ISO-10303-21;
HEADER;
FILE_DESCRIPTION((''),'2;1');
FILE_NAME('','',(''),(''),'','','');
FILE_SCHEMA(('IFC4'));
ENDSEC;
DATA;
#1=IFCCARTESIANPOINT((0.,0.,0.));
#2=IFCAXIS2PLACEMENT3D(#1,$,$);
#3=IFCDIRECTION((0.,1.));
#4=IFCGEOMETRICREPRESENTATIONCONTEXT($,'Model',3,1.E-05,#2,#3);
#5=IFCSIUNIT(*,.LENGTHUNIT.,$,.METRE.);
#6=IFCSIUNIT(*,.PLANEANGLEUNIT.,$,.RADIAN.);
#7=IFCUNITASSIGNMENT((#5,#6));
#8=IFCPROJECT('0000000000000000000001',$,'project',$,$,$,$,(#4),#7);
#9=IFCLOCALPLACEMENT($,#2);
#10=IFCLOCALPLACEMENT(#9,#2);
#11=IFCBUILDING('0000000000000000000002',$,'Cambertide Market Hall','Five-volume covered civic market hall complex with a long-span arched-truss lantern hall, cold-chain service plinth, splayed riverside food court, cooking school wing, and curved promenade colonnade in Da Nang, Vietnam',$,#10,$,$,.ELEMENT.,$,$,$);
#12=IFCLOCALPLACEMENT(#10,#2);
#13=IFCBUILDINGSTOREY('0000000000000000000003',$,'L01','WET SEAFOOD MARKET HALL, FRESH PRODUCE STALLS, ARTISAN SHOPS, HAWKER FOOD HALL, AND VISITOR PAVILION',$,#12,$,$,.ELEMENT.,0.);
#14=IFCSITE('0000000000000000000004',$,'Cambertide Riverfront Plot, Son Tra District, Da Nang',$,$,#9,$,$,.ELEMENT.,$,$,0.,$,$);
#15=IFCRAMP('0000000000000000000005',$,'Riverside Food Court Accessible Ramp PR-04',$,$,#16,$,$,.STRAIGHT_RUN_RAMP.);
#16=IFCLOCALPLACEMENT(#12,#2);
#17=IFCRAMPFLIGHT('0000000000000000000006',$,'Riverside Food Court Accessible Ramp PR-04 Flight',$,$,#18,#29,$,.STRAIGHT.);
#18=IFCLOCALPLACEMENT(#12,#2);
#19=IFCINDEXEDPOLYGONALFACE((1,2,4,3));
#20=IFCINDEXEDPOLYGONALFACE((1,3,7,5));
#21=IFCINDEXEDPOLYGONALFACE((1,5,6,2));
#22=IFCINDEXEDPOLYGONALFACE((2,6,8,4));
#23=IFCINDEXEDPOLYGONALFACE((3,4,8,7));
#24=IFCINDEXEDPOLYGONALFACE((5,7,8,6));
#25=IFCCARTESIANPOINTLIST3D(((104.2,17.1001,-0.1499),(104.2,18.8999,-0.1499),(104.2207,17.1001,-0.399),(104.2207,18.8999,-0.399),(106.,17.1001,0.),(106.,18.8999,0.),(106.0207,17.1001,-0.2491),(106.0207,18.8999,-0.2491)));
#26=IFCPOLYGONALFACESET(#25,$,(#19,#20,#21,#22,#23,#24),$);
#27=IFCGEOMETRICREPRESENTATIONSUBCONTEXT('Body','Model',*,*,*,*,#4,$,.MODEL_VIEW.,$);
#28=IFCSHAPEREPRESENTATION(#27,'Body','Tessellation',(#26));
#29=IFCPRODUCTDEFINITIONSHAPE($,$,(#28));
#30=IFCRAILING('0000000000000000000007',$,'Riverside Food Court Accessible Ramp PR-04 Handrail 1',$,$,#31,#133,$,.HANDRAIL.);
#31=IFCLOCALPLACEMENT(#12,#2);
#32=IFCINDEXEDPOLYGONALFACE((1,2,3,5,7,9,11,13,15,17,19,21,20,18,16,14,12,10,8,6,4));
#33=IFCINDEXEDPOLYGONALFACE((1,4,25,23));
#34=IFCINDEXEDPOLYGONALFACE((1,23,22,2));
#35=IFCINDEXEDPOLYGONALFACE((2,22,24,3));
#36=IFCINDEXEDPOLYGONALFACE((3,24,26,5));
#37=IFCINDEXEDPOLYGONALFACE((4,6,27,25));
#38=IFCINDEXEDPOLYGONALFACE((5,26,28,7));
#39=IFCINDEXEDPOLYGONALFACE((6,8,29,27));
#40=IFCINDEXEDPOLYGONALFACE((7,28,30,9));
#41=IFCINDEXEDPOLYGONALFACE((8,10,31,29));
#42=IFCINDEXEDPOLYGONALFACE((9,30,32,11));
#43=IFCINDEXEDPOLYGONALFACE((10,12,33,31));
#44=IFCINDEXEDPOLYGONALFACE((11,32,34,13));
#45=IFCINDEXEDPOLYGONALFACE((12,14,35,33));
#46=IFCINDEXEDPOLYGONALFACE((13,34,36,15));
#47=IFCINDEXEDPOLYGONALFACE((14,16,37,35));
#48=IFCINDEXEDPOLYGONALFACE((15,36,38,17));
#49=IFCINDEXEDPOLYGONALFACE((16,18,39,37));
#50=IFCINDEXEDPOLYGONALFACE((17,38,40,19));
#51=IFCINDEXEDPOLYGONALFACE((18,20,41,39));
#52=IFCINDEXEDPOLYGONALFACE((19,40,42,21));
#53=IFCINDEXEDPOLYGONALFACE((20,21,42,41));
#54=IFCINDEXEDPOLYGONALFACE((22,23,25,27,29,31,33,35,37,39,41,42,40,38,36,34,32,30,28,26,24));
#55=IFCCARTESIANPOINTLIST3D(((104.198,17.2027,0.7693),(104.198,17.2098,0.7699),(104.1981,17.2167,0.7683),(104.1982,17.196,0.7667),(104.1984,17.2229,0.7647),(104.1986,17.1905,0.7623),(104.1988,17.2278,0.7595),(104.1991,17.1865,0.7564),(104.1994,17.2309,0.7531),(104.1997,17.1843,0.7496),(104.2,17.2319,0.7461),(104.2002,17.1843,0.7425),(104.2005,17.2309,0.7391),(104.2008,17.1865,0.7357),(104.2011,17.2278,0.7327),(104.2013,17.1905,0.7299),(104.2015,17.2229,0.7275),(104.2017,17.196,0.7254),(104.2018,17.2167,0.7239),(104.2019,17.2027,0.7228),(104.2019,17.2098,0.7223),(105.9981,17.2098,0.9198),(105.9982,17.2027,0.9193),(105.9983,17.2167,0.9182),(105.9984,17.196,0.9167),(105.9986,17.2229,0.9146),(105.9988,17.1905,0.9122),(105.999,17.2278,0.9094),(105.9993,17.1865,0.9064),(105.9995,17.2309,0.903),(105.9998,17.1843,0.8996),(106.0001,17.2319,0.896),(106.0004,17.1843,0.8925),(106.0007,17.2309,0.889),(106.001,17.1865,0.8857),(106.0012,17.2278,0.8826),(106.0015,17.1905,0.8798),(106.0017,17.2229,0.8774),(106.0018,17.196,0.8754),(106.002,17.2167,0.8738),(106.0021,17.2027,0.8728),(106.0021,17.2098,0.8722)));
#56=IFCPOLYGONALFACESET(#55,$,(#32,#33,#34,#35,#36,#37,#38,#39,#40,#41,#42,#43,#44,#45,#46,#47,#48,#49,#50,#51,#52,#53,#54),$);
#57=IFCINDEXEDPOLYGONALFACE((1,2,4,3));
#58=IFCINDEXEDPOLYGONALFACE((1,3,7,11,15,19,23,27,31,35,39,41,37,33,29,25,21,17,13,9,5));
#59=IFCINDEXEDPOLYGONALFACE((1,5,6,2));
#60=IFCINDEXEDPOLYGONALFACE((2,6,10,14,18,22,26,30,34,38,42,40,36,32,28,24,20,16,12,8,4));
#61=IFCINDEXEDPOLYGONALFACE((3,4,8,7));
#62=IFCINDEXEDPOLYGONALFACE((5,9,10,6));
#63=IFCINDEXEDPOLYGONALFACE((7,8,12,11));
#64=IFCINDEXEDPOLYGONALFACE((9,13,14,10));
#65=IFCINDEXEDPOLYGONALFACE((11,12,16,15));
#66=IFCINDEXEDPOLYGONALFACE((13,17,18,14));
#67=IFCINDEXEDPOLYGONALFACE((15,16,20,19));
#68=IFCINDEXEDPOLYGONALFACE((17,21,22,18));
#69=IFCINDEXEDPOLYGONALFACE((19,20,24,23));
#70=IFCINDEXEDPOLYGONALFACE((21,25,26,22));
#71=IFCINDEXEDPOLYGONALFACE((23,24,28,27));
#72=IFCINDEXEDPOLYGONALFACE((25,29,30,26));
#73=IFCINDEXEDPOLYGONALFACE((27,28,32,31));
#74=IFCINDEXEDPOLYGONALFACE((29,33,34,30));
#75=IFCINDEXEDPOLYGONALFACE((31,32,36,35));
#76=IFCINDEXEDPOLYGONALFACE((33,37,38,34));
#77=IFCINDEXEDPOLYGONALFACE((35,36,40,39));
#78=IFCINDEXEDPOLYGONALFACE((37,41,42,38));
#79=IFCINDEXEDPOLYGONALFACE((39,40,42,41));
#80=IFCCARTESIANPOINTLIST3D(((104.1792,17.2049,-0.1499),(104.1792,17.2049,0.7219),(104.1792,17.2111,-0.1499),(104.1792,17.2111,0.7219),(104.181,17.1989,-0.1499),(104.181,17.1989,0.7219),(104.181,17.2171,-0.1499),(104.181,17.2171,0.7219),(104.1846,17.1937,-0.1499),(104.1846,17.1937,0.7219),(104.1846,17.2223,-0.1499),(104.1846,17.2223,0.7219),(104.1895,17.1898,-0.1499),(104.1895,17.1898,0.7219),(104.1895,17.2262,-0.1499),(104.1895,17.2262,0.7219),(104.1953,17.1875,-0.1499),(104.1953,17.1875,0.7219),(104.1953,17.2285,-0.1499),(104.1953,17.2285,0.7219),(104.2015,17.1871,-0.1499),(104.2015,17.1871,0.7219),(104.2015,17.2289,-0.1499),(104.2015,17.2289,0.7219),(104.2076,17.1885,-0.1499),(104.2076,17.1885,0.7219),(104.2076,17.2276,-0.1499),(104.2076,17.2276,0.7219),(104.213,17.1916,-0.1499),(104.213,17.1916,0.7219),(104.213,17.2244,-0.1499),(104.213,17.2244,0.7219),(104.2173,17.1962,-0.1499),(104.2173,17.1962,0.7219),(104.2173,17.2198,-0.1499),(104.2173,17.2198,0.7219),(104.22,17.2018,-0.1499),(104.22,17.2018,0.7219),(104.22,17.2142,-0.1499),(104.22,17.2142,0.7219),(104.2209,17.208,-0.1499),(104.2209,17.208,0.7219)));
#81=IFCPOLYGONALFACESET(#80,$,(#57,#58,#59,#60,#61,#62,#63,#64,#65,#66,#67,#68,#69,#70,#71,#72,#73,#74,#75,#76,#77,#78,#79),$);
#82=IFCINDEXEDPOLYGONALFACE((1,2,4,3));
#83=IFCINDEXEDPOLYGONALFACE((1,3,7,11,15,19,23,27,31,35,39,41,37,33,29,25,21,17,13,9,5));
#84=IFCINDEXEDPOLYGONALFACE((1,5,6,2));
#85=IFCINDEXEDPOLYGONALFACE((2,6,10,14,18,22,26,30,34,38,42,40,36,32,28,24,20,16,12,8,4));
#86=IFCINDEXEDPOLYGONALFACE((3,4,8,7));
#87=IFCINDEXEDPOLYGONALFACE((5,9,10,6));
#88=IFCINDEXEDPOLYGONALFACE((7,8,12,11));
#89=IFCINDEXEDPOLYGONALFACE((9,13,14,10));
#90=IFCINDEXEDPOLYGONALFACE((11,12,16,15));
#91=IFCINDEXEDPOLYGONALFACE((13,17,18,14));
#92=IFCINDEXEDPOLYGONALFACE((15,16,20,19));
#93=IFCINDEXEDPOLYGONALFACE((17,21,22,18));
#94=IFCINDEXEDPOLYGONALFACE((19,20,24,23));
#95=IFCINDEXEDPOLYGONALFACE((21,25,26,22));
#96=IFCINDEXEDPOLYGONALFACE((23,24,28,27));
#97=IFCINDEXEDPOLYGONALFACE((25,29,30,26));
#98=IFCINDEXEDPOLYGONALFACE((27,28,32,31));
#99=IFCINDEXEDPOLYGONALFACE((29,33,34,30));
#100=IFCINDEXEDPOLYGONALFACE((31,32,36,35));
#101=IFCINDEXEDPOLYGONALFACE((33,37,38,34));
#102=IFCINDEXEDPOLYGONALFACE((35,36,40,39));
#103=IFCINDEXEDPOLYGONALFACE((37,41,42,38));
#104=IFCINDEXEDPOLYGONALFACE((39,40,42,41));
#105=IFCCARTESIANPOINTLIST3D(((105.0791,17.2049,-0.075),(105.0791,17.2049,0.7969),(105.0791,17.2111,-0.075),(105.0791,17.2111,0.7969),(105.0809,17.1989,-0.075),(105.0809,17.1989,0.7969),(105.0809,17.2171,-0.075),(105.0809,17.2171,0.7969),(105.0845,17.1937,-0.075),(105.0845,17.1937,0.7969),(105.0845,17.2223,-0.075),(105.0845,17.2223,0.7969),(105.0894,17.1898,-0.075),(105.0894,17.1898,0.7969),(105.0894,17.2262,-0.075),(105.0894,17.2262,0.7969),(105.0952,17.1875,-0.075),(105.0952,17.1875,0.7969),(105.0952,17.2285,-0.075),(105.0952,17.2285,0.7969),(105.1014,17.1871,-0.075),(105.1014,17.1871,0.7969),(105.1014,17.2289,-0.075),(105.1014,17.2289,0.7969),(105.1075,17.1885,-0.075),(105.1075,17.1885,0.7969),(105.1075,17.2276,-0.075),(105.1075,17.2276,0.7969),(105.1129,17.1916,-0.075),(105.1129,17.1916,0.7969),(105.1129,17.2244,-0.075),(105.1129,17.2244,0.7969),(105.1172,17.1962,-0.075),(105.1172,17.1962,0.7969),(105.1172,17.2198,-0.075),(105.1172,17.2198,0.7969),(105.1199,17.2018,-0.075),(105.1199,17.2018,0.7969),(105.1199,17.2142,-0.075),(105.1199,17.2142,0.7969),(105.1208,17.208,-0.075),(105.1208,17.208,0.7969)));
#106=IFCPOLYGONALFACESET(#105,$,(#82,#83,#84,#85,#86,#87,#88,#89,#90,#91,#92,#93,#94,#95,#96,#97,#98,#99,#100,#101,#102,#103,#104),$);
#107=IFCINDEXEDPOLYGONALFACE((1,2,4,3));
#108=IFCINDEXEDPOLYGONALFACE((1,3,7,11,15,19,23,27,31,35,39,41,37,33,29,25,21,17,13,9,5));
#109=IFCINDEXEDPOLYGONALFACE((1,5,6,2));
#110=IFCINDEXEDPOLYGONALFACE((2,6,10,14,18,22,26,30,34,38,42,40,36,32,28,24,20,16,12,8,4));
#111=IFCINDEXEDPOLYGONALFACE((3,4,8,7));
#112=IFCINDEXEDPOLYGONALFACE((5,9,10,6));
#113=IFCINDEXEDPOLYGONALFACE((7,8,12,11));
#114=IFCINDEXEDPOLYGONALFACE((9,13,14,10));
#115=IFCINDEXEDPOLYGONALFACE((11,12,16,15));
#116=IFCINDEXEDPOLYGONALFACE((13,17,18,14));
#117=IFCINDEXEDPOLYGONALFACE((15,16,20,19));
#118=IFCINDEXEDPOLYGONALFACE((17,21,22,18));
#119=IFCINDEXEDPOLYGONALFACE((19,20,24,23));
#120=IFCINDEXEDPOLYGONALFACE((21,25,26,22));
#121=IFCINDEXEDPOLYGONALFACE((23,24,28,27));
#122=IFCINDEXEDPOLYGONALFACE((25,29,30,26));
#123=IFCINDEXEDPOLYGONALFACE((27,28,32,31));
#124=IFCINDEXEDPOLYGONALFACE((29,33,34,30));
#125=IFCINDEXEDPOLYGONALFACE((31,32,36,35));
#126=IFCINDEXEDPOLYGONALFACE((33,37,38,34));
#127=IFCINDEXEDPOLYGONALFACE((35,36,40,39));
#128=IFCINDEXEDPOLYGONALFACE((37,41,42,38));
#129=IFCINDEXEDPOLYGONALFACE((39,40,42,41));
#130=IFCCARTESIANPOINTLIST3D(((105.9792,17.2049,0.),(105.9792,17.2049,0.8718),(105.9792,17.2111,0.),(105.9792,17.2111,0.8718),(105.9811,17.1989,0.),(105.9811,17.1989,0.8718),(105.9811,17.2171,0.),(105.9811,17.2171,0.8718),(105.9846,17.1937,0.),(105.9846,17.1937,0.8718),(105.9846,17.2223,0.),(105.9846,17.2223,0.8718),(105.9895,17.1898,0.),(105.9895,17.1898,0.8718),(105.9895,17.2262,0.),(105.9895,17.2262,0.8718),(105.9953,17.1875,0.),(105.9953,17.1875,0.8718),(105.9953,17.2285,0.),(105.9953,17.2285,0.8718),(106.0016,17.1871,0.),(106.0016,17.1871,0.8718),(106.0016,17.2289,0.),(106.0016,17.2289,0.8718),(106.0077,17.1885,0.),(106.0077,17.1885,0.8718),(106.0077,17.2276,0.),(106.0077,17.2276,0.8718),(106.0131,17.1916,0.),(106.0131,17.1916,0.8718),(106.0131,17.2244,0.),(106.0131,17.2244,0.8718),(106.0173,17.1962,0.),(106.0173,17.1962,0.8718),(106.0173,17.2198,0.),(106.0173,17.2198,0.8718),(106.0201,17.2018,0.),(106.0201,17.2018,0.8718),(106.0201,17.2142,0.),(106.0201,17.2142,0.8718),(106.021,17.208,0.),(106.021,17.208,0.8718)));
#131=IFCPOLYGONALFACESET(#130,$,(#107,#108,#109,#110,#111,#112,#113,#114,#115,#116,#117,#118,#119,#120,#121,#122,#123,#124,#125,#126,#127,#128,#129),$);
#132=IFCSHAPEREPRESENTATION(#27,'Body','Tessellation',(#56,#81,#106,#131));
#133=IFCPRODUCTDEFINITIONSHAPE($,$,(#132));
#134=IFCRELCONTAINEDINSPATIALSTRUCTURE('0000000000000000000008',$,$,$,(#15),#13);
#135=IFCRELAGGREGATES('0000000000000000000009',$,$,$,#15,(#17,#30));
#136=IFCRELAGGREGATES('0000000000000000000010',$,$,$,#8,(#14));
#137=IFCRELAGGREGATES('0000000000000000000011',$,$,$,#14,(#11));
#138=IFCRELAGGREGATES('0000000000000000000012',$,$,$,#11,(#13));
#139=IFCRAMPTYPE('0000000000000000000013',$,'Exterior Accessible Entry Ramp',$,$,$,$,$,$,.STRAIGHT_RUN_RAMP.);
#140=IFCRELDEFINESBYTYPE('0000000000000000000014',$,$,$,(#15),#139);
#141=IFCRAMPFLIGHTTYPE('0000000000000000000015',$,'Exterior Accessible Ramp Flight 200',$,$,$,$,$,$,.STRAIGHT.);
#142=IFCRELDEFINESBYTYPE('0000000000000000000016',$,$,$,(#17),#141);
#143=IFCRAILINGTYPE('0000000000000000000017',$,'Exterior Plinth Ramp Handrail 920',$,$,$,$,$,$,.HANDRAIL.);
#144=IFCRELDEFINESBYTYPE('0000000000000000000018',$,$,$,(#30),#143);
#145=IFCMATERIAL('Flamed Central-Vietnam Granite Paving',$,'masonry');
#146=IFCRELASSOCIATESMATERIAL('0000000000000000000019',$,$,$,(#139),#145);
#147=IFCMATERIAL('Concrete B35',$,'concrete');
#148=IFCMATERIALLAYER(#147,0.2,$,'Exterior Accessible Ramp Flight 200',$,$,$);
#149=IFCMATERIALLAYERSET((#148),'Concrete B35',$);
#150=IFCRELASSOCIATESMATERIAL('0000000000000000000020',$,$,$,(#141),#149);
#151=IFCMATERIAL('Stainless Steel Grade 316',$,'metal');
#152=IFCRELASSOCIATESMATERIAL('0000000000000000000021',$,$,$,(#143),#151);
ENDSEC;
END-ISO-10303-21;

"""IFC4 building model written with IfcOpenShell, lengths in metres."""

from ifc_helpers import new_model, si_unit, direction, frame, origin, origin_2d, place, context, subcontext, project, spatial, polyline, circle, outline, extrude, material, layer, layer_set, type_object, element, aggregate, save


model = new_model("IFC4")

# Units and contexts
model_context = context("Model", 3, precision=1e-05, world=origin(), true_north=direction((0.0, 1.0)))
body_context = subcontext(model_context, "Body", "Model", "MODEL_VIEW")
ifc_project = project(units=[si_unit("LENGTHUNIT", "METRE"), si_unit("PLANEANGLEUNIT", "RADIAN")], contexts=[model_context])

# Site, building, storey
site_placement = place(None, origin())
site = spatial("IfcSite", under=ifc_project, at=site_placement, Name="Cambertide Riverfront Plot, Son Tra District, Da Nang", CompositionType="ELEMENT", RefElevation=0.0)
building_placement = place(site_placement, origin())
building = spatial("IfcBuilding", under=site, at=building_placement, Name="Cambertide Market Hall", Description="Five-volume covered civic market hall complex with a long-span arched-truss lantern hall, cold-chain service plinth, splayed riverside food court, cooking school wing, and curved promenade colonnade in Da Nang, Vietnam", CompositionType="ELEMENT")
storey_placement = place(building_placement, origin())
storey = spatial("IfcBuildingStorey", under=building, at=storey_placement, Name="L01", Description="WET SEAFOOD MARKET HALL, FRESH PRODUCE STALLS, ARTISAN SHOPS, HAWKER FOOD HALL, AND VISITOR PAVILION", CompositionType="ELEMENT", Elevation=0.0)

# Ramp, ramp flight, railing
ifc_material_1 = material(Name="Flamed Central-Vietnam Granite Paving", Category="masonry")
ramp_type = type_object("IfcRampType", Name="Exterior Accessible Entry Ramp", PredefinedType="STRAIGHT_RUN_RAMP", material=ifc_material_1)
ramp_placement = place(storey_placement, origin())
ramp = element("IfcRamp", 1, at=ramp_placement, inside=storey, type_object=ramp_type, Name="Riverside Food Court Accessible Ramp PR-04", PredefinedType="STRAIGHT_RUN_RAMP")
ifc_material_2 = material(Name="Concrete B35", Category="concrete")
ifc_layer_1 = layer(ifc_material_2, 0.2, Name="Exterior Accessible Ramp Flight 200")
ifc_layer_set_1 = layer_set([ifc_layer_1], Name="Concrete B35")
ramp_flight_type = type_object("IfcRampFlightType", Name="Exterior Accessible Ramp Flight 200", PredefinedType="STRAIGHT", material=ifc_layer_set_1)
ramp_flight_placement = place(storey_placement, frame((104.2, 17.1001, -0.1499), z_axis=(-0.08299, 0.0, 0.99655), x_axis=(0.99655, 0.0, 0.08299)))
ramp_flight = element("IfcRampFlight", 2, at=ramp_flight_placement, type_object=ramp_flight_type, Name="Riverside Food Court Accessible Ramp PR-04 Flight", PredefinedType="STRAIGHT", context=body_context, shape_type="SweptSolid", body=[
    extrude(outline(polyline([(0.0, 0.0), (1.8063, 0.0), (1.8063, 1.7998), (0.0, 1.7998), (0.0, 0.0)])), origin(), (0.0, 0.0, -1.0), 0.25),
])
ifc_material_3 = material(Name="Stainless Steel Grade 316", Category="metal")
railing_type = type_object("IfcRailingType", Name="Exterior Plinth Ramp Handrail 920", PredefinedType="HANDRAIL", material=ifc_material_3)
railing_1_placement = place(storey_placement, frame((104.2, 17.208, -0.1499)))
railing_1 = element("IfcRailing", 3, at=railing_1_placement, type_object=railing_type, Name="Riverside Food Court Accessible Ramp PR-04 Handrail 1", PredefinedType="HANDRAIL", context=body_context, shape_type="SweptSolid", body=[
    extrude(circle(Radius=0.0239, at=origin_2d()), frame((0.0, 0.0, 0.896), z_axis=(0.99655, 0.0, 0.08299), x_axis=(0.0, 1.0, 0.0)), (0.0, 0.0, 1.0), 1.8064),
    extrude(circle(Radius=0.021, at=origin_2d()), origin(), (0.0, 0.0, 1.0), 0.8718),
    extrude(circle(Radius=0.021, at=origin_2d()), frame((0.8999, 0.0, 0.075)), (0.0, 0.0, 1.0), 0.8718),
    extrude(circle(Radius=0.021, at=origin_2d()), frame((1.8, 0.0, 0.1499)), (0.0, 0.0, 1.0), 0.8718),
])
aggregate(ramp, [ramp_flight, railing_1])

save(model, "model.ifc")
